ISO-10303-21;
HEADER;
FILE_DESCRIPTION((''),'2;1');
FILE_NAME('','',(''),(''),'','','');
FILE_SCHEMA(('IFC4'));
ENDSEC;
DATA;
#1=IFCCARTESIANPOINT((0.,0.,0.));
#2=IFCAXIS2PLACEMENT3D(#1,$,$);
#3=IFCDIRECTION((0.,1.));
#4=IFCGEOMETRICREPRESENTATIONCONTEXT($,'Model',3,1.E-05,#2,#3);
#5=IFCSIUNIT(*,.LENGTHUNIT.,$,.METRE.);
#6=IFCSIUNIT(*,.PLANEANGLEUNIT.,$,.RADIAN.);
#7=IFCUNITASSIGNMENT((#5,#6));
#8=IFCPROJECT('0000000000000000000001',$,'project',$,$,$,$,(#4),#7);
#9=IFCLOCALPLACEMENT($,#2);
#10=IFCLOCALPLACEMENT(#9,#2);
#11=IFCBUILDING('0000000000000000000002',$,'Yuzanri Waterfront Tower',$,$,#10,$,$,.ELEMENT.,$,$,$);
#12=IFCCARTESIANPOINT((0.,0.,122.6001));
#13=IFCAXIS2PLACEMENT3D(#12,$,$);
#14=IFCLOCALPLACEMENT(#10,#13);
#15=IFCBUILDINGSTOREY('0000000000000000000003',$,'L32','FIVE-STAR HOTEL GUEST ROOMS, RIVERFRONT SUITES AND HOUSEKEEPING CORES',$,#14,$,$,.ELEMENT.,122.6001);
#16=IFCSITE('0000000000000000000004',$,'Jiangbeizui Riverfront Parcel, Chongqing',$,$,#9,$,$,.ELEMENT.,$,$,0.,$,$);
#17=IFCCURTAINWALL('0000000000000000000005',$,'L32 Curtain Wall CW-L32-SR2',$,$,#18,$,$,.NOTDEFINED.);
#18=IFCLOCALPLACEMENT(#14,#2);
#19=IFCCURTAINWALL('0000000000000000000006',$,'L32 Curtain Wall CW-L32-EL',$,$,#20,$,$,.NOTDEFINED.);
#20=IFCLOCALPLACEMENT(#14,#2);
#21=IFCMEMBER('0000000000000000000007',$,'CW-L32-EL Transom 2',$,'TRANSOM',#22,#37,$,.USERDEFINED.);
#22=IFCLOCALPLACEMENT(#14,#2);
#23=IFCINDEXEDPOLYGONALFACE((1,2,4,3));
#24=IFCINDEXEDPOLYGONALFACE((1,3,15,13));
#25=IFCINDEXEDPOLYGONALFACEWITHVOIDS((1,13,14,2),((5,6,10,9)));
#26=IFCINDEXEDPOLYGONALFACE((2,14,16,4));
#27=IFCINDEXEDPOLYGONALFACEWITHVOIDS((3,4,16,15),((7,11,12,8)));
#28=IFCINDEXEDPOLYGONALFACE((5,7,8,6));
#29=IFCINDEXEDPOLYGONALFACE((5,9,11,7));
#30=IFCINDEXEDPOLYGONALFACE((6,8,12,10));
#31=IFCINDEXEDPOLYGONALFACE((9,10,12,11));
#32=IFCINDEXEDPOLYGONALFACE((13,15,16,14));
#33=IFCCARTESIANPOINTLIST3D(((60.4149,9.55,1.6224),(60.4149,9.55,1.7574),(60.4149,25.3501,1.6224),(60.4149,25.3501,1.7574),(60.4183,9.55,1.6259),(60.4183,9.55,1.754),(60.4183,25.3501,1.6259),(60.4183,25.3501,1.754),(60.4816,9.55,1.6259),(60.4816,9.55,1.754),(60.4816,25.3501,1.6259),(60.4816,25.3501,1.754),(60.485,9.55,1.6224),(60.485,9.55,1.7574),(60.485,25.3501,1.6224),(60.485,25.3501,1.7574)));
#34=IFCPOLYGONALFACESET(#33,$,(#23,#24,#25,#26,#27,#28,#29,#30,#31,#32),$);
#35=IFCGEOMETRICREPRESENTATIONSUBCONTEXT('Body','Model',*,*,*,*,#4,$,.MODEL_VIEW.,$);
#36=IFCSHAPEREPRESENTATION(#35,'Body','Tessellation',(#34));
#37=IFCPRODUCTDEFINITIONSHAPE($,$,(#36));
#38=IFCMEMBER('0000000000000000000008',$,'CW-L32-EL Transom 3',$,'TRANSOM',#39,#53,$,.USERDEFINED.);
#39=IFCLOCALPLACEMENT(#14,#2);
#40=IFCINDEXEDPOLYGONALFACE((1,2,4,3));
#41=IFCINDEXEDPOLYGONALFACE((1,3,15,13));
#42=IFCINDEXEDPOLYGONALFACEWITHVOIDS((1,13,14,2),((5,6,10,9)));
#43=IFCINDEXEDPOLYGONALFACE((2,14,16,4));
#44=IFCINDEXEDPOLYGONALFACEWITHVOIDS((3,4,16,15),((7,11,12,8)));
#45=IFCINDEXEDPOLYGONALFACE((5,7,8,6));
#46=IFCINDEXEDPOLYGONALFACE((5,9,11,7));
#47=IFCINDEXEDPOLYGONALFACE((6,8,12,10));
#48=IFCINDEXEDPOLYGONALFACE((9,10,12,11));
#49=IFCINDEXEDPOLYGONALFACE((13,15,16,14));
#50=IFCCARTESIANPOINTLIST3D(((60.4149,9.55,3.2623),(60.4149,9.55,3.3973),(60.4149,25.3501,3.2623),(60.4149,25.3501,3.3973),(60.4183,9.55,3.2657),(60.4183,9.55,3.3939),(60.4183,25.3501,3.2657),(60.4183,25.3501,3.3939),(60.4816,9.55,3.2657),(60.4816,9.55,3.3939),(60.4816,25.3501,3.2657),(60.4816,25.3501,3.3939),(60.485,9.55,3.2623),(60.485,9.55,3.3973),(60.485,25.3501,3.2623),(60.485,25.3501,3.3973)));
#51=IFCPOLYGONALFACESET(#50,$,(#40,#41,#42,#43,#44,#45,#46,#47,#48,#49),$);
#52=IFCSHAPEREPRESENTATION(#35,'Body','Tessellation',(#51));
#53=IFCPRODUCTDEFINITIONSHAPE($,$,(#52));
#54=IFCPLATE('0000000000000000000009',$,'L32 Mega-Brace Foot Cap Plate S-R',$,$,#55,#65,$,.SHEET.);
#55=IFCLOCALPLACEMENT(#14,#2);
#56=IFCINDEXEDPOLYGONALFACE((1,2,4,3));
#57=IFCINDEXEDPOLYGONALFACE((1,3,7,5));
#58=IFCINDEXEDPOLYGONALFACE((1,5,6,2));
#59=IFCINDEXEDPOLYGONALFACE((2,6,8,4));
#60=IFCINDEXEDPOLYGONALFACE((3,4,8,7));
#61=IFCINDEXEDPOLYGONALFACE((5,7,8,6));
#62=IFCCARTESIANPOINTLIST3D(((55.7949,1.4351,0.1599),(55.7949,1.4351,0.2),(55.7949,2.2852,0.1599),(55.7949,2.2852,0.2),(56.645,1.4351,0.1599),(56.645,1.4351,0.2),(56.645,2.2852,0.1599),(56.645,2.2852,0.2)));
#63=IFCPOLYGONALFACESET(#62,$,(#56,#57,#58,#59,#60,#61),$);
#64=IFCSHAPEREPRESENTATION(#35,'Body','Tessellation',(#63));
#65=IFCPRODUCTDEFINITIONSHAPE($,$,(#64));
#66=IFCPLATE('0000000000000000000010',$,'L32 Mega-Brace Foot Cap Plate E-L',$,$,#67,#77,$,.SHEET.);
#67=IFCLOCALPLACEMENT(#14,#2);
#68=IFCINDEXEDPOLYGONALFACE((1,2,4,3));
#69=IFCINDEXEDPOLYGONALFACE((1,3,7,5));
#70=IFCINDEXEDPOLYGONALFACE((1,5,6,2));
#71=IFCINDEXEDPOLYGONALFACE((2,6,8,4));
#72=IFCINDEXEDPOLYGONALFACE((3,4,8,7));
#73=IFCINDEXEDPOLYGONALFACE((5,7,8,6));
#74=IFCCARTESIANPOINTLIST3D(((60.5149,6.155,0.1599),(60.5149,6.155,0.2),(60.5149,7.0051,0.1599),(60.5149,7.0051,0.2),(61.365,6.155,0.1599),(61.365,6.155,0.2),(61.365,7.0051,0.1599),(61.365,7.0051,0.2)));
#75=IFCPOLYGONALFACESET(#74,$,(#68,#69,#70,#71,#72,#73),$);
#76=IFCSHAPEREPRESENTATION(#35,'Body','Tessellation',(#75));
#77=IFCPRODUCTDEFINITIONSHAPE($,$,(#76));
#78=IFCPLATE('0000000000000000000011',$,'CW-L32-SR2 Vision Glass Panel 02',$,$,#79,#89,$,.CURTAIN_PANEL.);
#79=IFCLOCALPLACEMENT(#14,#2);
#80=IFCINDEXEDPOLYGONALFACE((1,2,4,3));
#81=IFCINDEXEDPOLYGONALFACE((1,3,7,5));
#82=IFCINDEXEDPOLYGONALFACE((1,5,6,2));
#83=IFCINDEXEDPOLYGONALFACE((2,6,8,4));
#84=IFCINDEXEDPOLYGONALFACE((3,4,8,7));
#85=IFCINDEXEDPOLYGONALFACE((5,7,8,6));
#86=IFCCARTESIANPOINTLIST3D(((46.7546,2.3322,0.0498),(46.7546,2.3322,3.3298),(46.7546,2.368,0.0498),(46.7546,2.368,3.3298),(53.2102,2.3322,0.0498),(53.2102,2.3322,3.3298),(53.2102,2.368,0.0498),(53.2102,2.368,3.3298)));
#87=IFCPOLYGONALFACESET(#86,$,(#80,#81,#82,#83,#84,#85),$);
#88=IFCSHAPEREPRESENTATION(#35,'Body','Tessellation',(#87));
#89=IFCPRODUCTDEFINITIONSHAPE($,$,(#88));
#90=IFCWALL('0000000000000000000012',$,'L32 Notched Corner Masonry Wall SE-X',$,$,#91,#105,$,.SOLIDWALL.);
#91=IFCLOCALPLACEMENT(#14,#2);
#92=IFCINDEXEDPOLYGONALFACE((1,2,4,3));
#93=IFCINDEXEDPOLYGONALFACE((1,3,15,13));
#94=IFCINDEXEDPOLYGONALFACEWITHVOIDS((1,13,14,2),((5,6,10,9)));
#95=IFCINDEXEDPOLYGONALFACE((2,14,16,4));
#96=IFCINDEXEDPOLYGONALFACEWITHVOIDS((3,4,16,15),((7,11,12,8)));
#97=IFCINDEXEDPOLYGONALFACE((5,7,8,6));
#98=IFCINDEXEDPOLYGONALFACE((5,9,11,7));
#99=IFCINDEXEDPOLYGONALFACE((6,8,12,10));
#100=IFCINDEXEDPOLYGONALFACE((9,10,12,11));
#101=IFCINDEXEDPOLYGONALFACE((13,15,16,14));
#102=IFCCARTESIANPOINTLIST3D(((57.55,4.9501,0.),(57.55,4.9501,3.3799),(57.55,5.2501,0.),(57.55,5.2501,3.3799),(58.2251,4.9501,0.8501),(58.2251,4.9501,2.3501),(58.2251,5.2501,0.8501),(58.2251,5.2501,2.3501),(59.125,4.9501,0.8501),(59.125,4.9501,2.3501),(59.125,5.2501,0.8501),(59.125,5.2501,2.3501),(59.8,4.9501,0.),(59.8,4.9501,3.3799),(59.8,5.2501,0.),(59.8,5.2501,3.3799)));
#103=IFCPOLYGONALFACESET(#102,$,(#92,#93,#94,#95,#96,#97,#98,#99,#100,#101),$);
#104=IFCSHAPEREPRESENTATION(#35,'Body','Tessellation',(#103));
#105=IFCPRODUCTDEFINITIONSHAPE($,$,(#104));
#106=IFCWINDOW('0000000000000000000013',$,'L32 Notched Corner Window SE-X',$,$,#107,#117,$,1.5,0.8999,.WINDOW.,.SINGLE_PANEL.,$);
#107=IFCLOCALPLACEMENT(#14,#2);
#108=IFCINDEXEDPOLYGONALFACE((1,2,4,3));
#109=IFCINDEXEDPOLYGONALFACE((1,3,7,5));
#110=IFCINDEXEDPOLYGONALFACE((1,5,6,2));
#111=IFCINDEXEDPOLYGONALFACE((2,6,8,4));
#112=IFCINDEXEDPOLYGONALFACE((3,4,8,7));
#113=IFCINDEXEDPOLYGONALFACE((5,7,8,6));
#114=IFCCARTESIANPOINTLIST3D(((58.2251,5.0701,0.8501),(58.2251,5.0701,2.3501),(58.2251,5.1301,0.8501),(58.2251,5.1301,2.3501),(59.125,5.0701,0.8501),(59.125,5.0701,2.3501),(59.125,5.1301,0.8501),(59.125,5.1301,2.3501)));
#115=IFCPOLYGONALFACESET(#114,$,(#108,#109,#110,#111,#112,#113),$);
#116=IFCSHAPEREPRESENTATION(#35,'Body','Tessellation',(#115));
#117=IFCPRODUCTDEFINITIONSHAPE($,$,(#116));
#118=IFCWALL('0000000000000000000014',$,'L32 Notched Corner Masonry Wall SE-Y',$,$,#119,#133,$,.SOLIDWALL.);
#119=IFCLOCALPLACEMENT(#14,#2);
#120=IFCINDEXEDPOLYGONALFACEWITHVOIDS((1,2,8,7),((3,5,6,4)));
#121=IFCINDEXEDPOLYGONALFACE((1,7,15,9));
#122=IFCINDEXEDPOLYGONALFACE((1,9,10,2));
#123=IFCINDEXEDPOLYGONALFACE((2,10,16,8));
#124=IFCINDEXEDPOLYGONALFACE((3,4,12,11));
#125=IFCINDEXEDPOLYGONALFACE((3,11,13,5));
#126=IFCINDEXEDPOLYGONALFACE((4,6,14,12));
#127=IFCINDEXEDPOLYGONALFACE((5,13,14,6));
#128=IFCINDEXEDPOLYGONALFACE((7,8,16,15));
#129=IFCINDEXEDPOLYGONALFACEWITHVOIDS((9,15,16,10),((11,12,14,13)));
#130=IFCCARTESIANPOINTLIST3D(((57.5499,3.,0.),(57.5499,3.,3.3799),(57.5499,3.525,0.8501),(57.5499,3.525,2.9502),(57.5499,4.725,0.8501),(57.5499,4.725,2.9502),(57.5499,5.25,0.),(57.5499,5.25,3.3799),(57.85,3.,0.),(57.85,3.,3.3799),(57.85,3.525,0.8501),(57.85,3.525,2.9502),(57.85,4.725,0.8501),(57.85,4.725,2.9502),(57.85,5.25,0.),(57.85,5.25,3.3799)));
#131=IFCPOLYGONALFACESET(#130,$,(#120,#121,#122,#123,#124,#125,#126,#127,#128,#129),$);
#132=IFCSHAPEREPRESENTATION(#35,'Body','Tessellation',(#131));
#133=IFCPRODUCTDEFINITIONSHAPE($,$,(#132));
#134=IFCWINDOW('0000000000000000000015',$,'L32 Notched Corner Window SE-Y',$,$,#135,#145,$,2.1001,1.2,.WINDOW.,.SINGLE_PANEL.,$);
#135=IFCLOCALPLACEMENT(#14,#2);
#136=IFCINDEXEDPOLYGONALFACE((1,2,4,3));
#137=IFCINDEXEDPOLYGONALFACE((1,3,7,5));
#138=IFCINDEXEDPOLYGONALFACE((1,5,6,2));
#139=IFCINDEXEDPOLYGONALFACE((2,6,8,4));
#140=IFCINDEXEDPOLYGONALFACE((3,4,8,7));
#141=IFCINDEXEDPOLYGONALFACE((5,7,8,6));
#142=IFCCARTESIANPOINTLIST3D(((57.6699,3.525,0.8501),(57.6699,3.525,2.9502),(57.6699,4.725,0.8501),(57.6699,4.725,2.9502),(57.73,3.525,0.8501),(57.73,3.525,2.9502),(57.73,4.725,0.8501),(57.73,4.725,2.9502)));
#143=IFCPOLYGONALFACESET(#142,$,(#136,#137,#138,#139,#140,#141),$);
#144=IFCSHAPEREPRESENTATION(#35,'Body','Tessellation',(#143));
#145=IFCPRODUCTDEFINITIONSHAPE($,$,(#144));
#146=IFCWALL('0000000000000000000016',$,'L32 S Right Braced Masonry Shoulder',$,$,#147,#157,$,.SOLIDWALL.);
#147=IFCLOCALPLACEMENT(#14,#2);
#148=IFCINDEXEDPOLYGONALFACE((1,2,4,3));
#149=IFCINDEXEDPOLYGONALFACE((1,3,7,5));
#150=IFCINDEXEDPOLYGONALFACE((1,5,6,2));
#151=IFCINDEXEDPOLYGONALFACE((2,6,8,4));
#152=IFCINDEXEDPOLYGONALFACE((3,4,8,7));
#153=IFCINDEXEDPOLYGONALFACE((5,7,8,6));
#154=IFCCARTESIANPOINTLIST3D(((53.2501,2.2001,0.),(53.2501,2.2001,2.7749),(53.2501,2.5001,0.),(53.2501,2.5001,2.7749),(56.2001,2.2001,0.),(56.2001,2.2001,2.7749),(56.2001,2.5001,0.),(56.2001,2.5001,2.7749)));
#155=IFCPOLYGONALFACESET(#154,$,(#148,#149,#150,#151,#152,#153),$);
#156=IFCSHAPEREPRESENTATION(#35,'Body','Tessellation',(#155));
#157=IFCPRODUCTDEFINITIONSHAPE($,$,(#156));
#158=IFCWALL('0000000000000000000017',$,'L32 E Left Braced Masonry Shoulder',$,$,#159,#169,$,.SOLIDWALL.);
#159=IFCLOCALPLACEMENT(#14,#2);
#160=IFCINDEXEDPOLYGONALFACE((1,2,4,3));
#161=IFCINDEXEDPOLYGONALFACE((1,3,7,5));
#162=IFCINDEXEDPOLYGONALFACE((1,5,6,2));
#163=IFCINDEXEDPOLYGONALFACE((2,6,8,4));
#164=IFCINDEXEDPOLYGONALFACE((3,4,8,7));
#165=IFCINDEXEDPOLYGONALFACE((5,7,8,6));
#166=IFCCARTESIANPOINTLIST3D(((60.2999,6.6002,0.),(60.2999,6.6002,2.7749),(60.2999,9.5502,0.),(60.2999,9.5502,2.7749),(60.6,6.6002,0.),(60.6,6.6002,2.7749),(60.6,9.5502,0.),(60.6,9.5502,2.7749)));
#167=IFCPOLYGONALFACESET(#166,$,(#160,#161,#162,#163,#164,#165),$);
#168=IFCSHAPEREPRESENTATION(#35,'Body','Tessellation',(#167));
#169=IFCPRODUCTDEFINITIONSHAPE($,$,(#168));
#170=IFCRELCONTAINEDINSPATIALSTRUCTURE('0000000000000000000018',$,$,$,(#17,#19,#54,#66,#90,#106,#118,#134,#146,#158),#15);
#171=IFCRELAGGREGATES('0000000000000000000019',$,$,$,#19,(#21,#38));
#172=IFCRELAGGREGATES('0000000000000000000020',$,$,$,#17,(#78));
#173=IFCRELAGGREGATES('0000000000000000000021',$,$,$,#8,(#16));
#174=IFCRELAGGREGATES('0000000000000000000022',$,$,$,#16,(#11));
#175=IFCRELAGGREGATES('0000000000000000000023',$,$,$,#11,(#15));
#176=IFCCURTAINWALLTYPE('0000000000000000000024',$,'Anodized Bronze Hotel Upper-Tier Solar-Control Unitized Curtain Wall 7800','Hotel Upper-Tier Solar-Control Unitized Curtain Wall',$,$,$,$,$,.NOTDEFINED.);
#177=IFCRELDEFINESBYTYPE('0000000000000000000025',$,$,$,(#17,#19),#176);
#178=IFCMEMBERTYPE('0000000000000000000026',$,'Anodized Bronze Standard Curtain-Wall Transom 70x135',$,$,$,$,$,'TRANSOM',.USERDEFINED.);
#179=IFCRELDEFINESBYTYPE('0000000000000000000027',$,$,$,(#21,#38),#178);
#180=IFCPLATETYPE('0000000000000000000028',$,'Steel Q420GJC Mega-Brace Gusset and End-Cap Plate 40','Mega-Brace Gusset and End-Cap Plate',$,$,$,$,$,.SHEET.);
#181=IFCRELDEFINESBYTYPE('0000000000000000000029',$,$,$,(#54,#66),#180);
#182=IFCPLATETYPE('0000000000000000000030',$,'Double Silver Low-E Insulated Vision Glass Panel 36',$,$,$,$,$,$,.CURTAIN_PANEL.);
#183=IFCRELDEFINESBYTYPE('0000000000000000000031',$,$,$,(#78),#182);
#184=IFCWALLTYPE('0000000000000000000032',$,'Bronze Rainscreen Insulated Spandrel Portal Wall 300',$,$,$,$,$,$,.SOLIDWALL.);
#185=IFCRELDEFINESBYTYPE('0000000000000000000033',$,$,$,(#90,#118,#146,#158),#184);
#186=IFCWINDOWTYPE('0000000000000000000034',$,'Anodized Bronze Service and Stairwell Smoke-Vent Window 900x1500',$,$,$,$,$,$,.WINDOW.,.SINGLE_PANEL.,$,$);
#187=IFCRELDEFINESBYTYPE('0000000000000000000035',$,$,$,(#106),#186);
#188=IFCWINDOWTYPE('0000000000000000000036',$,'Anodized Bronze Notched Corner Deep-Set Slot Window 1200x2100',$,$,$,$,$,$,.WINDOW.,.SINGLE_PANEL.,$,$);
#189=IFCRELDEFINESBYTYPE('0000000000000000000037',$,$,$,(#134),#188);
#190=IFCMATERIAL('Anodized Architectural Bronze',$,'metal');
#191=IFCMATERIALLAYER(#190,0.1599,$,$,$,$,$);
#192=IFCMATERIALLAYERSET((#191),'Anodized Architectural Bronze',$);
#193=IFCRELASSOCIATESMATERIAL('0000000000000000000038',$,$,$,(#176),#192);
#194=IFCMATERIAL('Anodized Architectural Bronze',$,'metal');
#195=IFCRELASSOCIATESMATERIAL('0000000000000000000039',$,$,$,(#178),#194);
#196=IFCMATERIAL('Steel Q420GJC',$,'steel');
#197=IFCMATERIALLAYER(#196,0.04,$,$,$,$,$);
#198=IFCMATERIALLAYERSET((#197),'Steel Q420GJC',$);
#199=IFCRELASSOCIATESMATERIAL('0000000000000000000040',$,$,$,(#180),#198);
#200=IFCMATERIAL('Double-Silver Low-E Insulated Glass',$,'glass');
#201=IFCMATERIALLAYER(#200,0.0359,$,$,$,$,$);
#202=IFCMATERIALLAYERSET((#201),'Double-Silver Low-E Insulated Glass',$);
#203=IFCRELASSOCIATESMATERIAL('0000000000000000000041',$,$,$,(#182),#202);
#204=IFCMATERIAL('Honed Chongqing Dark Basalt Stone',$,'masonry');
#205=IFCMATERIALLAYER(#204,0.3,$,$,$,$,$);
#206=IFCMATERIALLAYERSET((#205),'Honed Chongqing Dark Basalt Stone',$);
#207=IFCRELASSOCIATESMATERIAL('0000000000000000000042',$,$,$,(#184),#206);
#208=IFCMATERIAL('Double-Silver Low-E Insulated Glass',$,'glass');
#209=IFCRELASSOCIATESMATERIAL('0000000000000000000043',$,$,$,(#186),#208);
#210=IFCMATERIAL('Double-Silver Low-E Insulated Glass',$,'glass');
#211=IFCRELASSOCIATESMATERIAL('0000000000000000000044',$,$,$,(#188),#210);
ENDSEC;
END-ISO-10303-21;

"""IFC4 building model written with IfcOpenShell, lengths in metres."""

from ifc_helpers import new_model, si_unit, direction, frame, frame_2d, origin, origin_2d, place, context, subcontext, project, spatial, rectangle, hollow_rectangle, extrude, source, transform, mapped, material, layer, layer_set, material_profile, profile_set, type_object, element, fill, aggregate, save


model = new_model("IFC4")

# Units and contexts
model_context = context("Model", 3, precision=1e-05, world=origin(), true_north=direction((0.0, 1.0)))
body_context = subcontext(model_context, "Body", "Model", "MODEL_VIEW")
ifc_project = project(units=[si_unit("LENGTHUNIT", "METRE"), si_unit("PLANEANGLEUNIT", "RADIAN")], contexts=[model_context])

# Site, building, storey
site_placement = place(None, origin())
site = spatial("IfcSite", under=ifc_project, at=site_placement, Name="Jiangbeizui Riverfront Parcel, Chongqing", CompositionType="ELEMENT", RefElevation=0.0)
building_placement = place(site_placement, origin())
building = spatial("IfcBuilding", under=site, at=building_placement, Name="Yuzanri Waterfront Tower", CompositionType="ELEMENT")
storey_placement = place(building_placement, frame((0.0, 0.0, 122.6001)))
storey = spatial("IfcBuildingStorey", under=building, at=storey_placement, Name="L32", Description="FIVE-STAR HOTEL GUEST ROOMS, RIVERFRONT SUITES AND HOUSEKEEPING CORES", CompositionType="ELEMENT", Elevation=122.6001)

# Curtain walls, members
ifc_material_1 = material(Name="Anodized Architectural Bronze", Category="metal")
ifc_layer_1 = layer(ifc_material_1, 0.1599)
ifc_layer_set_1 = layer_set([ifc_layer_1], Name="Anodized Architectural Bronze")
curtain_wall_type = type_object("IfcCurtainWallType", Name="Anodized Bronze Hotel Upper-Tier Solar-Control Unitized Curtain Wall 7800", Description="Hotel Upper-Tier Solar-Control Unitized Curtain Wall", PredefinedType="NOTDEFINED", material=ifc_layer_set_1)
curtain_wall_1_placement = place(storey_placement, origin())
curtain_wall_1 = element("IfcCurtainWall", 1, at=curtain_wall_1_placement, inside=storey, type_object=curtain_wall_type, Name="L32 Curtain Wall CW-L32-SR2", PredefinedType="NOTDEFINED")
curtain_wall_2_placement = place(storey_placement, origin())
curtain_wall_2 = element("IfcCurtainWall", 2, at=curtain_wall_2_placement, inside=storey, type_object=curtain_wall_type, Name="L32 Curtain Wall CW-L32-EL", PredefinedType="NOTDEFINED")
ifc_material_2 = material(Name="Anodized Architectural Bronze", Category="metal")
ifc_material_profile_1 = material_profile(ifc_material_2, hollow_rectangle(XDim=0.0701, YDim=0.135, WallThickness=0.0034, at=origin_2d()), Name="CWT 70x135")
ifc_profile_set_1 = profile_set([ifc_material_profile_1], Name="Anodized Architectural Bronze")
member_type_1 = type_object("IfcMemberType", Name="Anodized Bronze Standard Curtain-Wall Transom 70x135", ElementType="TRANSOM", PredefinedType="USERDEFINED", material=ifc_profile_set_1)
shared_shape_1 = source(origin(), body_context, "Body", "SweptSolid", [
    extrude(hollow_rectangle(XDim=0.0701, YDim=0.135, WallThickness=0.0034, at=origin_2d()), origin(), (0.0, 0.0, 1.0), 15.8),
])
member_1_placement = place(storey_placement, frame((60.45, 9.55, 1.6899), z_axis=(0.0, 1.0, 0.0), x_axis=(-1.0, 0.0, 0.0)))
member_1 = element("IfcMember", 3, at=member_1_placement, type_object=member_type_1, Name="CW-L32-EL Transom 2", ObjectType="TRANSOM", PredefinedType="USERDEFINED", context=body_context, shape_type="MappedRepresentation", body=[
    mapped(shared_shape_1, transform((0.0, 0.0, 0.0), scale=1.0)),
])
member_2_placement = place(storey_placement, frame((60.45, 9.55, 3.3298), z_axis=(0.0, 1.0, 0.0), x_axis=(-1.0, 0.0, 0.0)))
member_2 = element("IfcMember", 4, at=member_2_placement, type_object=member_type_1, Name="CW-L32-EL Transom 3", ObjectType="TRANSOM", PredefinedType="USERDEFINED", context=body_context, shape_type="MappedRepresentation", body=[
    mapped(shared_shape_1, transform((0.0, 0.0, 0.0), scale=1.0)),
])
aggregate(curtain_wall_2, [member_1, member_2])

# Plates
ifc_material_3 = material(Name="Steel Q420GJC", Category="steel")
ifc_layer_2 = layer(ifc_material_3, 0.04)
ifc_layer_set_2 = layer_set([ifc_layer_2], Name="Steel Q420GJC")
plate_type_1 = type_object("IfcPlateType", Name="Steel Q420GJC Mega-Brace Gusset and End-Cap Plate 40", Description="Mega-Brace Gusset and End-Cap Plate", PredefinedType="SHEET", material=ifc_layer_set_2)
shared_shape_2 = source(origin(), body_context, "Body", "SweptSolid", [
    extrude(rectangle(XDim=0.8501, YDim=0.8501, at=origin_2d()), origin(), (0.0, 0.0, 1.0), 0.04),
])
for number, where, z_axis, x_axis, name in (
    (5, (56.22, 1.8601, 0.1599), (0.0, 0.0, 1.0), (1.0, 0.0, 0.0), "L32 Mega-Brace Foot Cap Plate S-R"),
    (6, (60.9399, 6.5801, 0.1599), (0.0, 0.0, 1.0), (1.0, 0.0, 0.0), "L32 Mega-Brace Foot Cap Plate E-L"),
):
    element("IfcPlate", number, at=place(storey_placement, frame(where, z_axis=z_axis, x_axis=x_axis)), inside=storey, type_object=plate_type_1, Name=name, PredefinedType="SHEET", context=body_context, shape_type="MappedRepresentation", body=[
        mapped(shared_shape_2, transform((0.0, 0.0, 0.0), scale=1.0)),
    ])

# Plate
ifc_material_4 = material(Name="Double-Silver Low-E Insulated Glass", Category="glass")
ifc_layer_3 = layer(ifc_material_4, 0.0359)
ifc_layer_set_3 = layer_set([ifc_layer_3], Name="Double-Silver Low-E Insulated Glass")
plate_type_2 = type_object("IfcPlateType", Name="Double Silver Low-E Insulated Vision Glass Panel 36", PredefinedType="CURTAIN_PANEL", material=ifc_layer_set_3)
shared_shape_3 = source(origin(), body_context, "Body", "SweptSolid", [
    extrude(rectangle(XDim=6.4556, YDim=0.0359, at=origin_2d()), origin(), (0.0, 0.0, 1.0), 3.28),
])
plate_placement = place(storey_placement, frame((49.9824, 2.3501, 0.0498), z_axis=(0.0, 0.0, 1.0), x_axis=(1.0, 0.0, 0.0)))
plate = element("IfcPlate", 7, at=plate_placement, type_object=plate_type_2, Name="CW-L32-SR2 Vision Glass Panel 02", PredefinedType="CURTAIN_PANEL", context=body_context, shape_type="MappedRepresentation", body=[
    mapped(shared_shape_3, transform((0.0, 0.0, 0.0), scale=1.0)),
])
aggregate(curtain_wall_1, [plate])

# Walls, openings, windows
ifc_material_5 = material(Name="Honed Chongqing Dark Basalt Stone", Category="masonry")
ifc_layer_4 = layer(ifc_material_5, 0.3)
ifc_layer_set_4 = layer_set([ifc_layer_4], Name="Honed Chongqing Dark Basalt Stone")
wall_type_1 = type_object("IfcWallType", Name="Bronze Rainscreen Insulated Spandrel Portal Wall 300", PredefinedType="SOLIDWALL", material=ifc_layer_set_4)
wall_1_placement = place(storey_placement, frame((57.55, 5.1001, 0.0), z_axis=(0.0, 0.0, 1.0), x_axis=(1.0, 0.0, 0.0)))
wall_1 = element("IfcWall", 8, at=wall_1_placement, inside=storey, type_object=wall_type_1, Name="L32 Notched Corner Masonry Wall SE-X", PredefinedType="SOLIDWALL", context=body_context, shape_type="SweptSolid", body=[
    extrude(rectangle(XDim=2.25, YDim=0.3, at=frame_2d((1.125, 0.0))), origin(), (0.0, 0.0, 1.0), 3.3799),
])
opening_1_placement = place(wall_1_placement, frame((0.675, 0.0, 0.8501)))
opening_1 = element("IfcOpeningElement", 9, at=opening_1_placement, cuts=wall_1, PredefinedType="OPENING", context=body_context, shape_type="SweptSolid", body=[
    extrude(rectangle(XDim=0.8999, YDim=1.5, at=frame_2d((0.45, 0.75))), frame((0.0, 0.165, 0.0), z_axis=(0.0, -1.0, 0.0), x_axis=(1.0, 0.0, 0.0)), (0.0, 0.0, 1.0), 0.3298),
])
ifc_material_6 = material(Name="Double-Silver Low-E Insulated Glass", Category="glass")
window_type_1 = type_object("IfcWindowType", Name="Anodized Bronze Service and Stairwell Smoke-Vent Window 900x1500", PartitioningType="SINGLE_PANEL", PredefinedType="WINDOW", material=ifc_material_6)
shared_shape_4 = source(origin(), body_context, "Body", "SweptSolid", [
    extrude(rectangle(XDim=0.8999, YDim=1.5, at=frame_2d((0.45, 0.75))), frame((0.0, 0.03, 0.0), z_axis=(0.0, -1.0, 0.0), x_axis=(1.0, 0.0, 0.0)), (0.0, 0.0, 1.0), 0.0601),
])
window_1_placement = place(opening_1_placement, origin())
window_1 = element("IfcWindow", 10, at=window_1_placement, inside=storey, type_object=window_type_1, Name="L32 Notched Corner Window SE-X", OverallHeight=1.5, OverallWidth=0.8999, PartitioningType="SINGLE_PANEL", PredefinedType="WINDOW", context=body_context, shape_type="MappedRepresentation", body=[
    mapped(shared_shape_4, transform((0.0, 0.0, 0.0), scale=1.0)),
])
fill(opening_1, window_1)
wall_2_placement = place(storey_placement, frame((57.7, 3.0, 0.0), z_axis=(0.0, 0.0, 1.0), x_axis=(0.0, 1.0, 0.0)))
wall_2 = element("IfcWall", 11, at=wall_2_placement, inside=storey, type_object=wall_type_1, Name="L32 Notched Corner Masonry Wall SE-Y", PredefinedType="SOLIDWALL", context=body_context, shape_type="SweptSolid", body=[
    extrude(rectangle(XDim=2.25, YDim=0.3, at=frame_2d((1.125, 0.0))), origin(), (0.0, 0.0, 1.0), 3.3799),
])
opening_2_placement = place(wall_2_placement, frame((0.5249, 0.0, 0.8501)))
opening_2 = element("IfcOpeningElement", 12, at=opening_2_placement, cuts=wall_2, PredefinedType="OPENING", context=body_context, shape_type="SweptSolid", body=[
    extrude(rectangle(XDim=1.2, YDim=2.1001, at=frame_2d((0.6001, 1.05))), frame((0.0, 0.165, 0.0), z_axis=(0.0, -1.0, 0.0), x_axis=(1.0, 0.0, 0.0)), (0.0, 0.0, 1.0), 0.3298),
])
ifc_material_7 = material(Name="Double-Silver Low-E Insulated Glass", Category="glass")
window_type_2 = type_object("IfcWindowType", Name="Anodized Bronze Notched Corner Deep-Set Slot Window 1200x2100", PartitioningType="SINGLE_PANEL", PredefinedType="WINDOW", material=ifc_material_7)
shared_shape_5 = source(origin(), body_context, "Body", "SweptSolid", [
    extrude(rectangle(XDim=1.2, YDim=2.1001, at=frame_2d((0.6001, 1.05))), frame((0.0, 0.03, 0.0), z_axis=(0.0, -1.0, 0.0), x_axis=(1.0, 0.0, 0.0)), (0.0, 0.0, 1.0), 0.0601),
])
window_2_placement = place(opening_2_placement, origin())
window_2 = element("IfcWindow", 13, at=window_2_placement, inside=storey, type_object=window_type_2, Name="L32 Notched Corner Window SE-Y", OverallHeight=2.1001, OverallWidth=1.2, PartitioningType="SINGLE_PANEL", PredefinedType="WINDOW", context=body_context, shape_type="MappedRepresentation", body=[
    mapped(shared_shape_5, transform((0.0, 0.0, 0.0), scale=1.0)),
])
fill(opening_2, window_2)

# Walls
shared_shape_6 = source(origin(), body_context, "Body", "SweptSolid", [
    extrude(rectangle(XDim=2.95, YDim=0.3, at=frame_2d((1.4751, 0.0))), origin(), (0.0, 0.0, 1.0), 2.7749),
])
for number, where, z_axis, x_axis, name in (
    (14, (53.25, 2.3501, 0.0), (0.0, 0.0, 1.0), (1.0, 0.0, 0.0), "L32 S Right Braced Masonry Shoulder"),
    (15, (60.45, 6.6001, 0.0), (0.0, 0.0, 1.0), (0.0, 1.0, 0.0), "L32 E Left Braced Masonry Shoulder"),
):
    element("IfcWall", number, at=place(storey_placement, frame(where, z_axis=z_axis, x_axis=x_axis)), inside=storey, type_object=wall_type_1, Name=name, PredefinedType="SOLIDWALL", context=body_context, shape_type="MappedRepresentation", body=[
        mapped(shared_shape_6, transform((0.0, 0.0, 0.0), scale=1.0)),
    ])

save(model, "model.ifc")
